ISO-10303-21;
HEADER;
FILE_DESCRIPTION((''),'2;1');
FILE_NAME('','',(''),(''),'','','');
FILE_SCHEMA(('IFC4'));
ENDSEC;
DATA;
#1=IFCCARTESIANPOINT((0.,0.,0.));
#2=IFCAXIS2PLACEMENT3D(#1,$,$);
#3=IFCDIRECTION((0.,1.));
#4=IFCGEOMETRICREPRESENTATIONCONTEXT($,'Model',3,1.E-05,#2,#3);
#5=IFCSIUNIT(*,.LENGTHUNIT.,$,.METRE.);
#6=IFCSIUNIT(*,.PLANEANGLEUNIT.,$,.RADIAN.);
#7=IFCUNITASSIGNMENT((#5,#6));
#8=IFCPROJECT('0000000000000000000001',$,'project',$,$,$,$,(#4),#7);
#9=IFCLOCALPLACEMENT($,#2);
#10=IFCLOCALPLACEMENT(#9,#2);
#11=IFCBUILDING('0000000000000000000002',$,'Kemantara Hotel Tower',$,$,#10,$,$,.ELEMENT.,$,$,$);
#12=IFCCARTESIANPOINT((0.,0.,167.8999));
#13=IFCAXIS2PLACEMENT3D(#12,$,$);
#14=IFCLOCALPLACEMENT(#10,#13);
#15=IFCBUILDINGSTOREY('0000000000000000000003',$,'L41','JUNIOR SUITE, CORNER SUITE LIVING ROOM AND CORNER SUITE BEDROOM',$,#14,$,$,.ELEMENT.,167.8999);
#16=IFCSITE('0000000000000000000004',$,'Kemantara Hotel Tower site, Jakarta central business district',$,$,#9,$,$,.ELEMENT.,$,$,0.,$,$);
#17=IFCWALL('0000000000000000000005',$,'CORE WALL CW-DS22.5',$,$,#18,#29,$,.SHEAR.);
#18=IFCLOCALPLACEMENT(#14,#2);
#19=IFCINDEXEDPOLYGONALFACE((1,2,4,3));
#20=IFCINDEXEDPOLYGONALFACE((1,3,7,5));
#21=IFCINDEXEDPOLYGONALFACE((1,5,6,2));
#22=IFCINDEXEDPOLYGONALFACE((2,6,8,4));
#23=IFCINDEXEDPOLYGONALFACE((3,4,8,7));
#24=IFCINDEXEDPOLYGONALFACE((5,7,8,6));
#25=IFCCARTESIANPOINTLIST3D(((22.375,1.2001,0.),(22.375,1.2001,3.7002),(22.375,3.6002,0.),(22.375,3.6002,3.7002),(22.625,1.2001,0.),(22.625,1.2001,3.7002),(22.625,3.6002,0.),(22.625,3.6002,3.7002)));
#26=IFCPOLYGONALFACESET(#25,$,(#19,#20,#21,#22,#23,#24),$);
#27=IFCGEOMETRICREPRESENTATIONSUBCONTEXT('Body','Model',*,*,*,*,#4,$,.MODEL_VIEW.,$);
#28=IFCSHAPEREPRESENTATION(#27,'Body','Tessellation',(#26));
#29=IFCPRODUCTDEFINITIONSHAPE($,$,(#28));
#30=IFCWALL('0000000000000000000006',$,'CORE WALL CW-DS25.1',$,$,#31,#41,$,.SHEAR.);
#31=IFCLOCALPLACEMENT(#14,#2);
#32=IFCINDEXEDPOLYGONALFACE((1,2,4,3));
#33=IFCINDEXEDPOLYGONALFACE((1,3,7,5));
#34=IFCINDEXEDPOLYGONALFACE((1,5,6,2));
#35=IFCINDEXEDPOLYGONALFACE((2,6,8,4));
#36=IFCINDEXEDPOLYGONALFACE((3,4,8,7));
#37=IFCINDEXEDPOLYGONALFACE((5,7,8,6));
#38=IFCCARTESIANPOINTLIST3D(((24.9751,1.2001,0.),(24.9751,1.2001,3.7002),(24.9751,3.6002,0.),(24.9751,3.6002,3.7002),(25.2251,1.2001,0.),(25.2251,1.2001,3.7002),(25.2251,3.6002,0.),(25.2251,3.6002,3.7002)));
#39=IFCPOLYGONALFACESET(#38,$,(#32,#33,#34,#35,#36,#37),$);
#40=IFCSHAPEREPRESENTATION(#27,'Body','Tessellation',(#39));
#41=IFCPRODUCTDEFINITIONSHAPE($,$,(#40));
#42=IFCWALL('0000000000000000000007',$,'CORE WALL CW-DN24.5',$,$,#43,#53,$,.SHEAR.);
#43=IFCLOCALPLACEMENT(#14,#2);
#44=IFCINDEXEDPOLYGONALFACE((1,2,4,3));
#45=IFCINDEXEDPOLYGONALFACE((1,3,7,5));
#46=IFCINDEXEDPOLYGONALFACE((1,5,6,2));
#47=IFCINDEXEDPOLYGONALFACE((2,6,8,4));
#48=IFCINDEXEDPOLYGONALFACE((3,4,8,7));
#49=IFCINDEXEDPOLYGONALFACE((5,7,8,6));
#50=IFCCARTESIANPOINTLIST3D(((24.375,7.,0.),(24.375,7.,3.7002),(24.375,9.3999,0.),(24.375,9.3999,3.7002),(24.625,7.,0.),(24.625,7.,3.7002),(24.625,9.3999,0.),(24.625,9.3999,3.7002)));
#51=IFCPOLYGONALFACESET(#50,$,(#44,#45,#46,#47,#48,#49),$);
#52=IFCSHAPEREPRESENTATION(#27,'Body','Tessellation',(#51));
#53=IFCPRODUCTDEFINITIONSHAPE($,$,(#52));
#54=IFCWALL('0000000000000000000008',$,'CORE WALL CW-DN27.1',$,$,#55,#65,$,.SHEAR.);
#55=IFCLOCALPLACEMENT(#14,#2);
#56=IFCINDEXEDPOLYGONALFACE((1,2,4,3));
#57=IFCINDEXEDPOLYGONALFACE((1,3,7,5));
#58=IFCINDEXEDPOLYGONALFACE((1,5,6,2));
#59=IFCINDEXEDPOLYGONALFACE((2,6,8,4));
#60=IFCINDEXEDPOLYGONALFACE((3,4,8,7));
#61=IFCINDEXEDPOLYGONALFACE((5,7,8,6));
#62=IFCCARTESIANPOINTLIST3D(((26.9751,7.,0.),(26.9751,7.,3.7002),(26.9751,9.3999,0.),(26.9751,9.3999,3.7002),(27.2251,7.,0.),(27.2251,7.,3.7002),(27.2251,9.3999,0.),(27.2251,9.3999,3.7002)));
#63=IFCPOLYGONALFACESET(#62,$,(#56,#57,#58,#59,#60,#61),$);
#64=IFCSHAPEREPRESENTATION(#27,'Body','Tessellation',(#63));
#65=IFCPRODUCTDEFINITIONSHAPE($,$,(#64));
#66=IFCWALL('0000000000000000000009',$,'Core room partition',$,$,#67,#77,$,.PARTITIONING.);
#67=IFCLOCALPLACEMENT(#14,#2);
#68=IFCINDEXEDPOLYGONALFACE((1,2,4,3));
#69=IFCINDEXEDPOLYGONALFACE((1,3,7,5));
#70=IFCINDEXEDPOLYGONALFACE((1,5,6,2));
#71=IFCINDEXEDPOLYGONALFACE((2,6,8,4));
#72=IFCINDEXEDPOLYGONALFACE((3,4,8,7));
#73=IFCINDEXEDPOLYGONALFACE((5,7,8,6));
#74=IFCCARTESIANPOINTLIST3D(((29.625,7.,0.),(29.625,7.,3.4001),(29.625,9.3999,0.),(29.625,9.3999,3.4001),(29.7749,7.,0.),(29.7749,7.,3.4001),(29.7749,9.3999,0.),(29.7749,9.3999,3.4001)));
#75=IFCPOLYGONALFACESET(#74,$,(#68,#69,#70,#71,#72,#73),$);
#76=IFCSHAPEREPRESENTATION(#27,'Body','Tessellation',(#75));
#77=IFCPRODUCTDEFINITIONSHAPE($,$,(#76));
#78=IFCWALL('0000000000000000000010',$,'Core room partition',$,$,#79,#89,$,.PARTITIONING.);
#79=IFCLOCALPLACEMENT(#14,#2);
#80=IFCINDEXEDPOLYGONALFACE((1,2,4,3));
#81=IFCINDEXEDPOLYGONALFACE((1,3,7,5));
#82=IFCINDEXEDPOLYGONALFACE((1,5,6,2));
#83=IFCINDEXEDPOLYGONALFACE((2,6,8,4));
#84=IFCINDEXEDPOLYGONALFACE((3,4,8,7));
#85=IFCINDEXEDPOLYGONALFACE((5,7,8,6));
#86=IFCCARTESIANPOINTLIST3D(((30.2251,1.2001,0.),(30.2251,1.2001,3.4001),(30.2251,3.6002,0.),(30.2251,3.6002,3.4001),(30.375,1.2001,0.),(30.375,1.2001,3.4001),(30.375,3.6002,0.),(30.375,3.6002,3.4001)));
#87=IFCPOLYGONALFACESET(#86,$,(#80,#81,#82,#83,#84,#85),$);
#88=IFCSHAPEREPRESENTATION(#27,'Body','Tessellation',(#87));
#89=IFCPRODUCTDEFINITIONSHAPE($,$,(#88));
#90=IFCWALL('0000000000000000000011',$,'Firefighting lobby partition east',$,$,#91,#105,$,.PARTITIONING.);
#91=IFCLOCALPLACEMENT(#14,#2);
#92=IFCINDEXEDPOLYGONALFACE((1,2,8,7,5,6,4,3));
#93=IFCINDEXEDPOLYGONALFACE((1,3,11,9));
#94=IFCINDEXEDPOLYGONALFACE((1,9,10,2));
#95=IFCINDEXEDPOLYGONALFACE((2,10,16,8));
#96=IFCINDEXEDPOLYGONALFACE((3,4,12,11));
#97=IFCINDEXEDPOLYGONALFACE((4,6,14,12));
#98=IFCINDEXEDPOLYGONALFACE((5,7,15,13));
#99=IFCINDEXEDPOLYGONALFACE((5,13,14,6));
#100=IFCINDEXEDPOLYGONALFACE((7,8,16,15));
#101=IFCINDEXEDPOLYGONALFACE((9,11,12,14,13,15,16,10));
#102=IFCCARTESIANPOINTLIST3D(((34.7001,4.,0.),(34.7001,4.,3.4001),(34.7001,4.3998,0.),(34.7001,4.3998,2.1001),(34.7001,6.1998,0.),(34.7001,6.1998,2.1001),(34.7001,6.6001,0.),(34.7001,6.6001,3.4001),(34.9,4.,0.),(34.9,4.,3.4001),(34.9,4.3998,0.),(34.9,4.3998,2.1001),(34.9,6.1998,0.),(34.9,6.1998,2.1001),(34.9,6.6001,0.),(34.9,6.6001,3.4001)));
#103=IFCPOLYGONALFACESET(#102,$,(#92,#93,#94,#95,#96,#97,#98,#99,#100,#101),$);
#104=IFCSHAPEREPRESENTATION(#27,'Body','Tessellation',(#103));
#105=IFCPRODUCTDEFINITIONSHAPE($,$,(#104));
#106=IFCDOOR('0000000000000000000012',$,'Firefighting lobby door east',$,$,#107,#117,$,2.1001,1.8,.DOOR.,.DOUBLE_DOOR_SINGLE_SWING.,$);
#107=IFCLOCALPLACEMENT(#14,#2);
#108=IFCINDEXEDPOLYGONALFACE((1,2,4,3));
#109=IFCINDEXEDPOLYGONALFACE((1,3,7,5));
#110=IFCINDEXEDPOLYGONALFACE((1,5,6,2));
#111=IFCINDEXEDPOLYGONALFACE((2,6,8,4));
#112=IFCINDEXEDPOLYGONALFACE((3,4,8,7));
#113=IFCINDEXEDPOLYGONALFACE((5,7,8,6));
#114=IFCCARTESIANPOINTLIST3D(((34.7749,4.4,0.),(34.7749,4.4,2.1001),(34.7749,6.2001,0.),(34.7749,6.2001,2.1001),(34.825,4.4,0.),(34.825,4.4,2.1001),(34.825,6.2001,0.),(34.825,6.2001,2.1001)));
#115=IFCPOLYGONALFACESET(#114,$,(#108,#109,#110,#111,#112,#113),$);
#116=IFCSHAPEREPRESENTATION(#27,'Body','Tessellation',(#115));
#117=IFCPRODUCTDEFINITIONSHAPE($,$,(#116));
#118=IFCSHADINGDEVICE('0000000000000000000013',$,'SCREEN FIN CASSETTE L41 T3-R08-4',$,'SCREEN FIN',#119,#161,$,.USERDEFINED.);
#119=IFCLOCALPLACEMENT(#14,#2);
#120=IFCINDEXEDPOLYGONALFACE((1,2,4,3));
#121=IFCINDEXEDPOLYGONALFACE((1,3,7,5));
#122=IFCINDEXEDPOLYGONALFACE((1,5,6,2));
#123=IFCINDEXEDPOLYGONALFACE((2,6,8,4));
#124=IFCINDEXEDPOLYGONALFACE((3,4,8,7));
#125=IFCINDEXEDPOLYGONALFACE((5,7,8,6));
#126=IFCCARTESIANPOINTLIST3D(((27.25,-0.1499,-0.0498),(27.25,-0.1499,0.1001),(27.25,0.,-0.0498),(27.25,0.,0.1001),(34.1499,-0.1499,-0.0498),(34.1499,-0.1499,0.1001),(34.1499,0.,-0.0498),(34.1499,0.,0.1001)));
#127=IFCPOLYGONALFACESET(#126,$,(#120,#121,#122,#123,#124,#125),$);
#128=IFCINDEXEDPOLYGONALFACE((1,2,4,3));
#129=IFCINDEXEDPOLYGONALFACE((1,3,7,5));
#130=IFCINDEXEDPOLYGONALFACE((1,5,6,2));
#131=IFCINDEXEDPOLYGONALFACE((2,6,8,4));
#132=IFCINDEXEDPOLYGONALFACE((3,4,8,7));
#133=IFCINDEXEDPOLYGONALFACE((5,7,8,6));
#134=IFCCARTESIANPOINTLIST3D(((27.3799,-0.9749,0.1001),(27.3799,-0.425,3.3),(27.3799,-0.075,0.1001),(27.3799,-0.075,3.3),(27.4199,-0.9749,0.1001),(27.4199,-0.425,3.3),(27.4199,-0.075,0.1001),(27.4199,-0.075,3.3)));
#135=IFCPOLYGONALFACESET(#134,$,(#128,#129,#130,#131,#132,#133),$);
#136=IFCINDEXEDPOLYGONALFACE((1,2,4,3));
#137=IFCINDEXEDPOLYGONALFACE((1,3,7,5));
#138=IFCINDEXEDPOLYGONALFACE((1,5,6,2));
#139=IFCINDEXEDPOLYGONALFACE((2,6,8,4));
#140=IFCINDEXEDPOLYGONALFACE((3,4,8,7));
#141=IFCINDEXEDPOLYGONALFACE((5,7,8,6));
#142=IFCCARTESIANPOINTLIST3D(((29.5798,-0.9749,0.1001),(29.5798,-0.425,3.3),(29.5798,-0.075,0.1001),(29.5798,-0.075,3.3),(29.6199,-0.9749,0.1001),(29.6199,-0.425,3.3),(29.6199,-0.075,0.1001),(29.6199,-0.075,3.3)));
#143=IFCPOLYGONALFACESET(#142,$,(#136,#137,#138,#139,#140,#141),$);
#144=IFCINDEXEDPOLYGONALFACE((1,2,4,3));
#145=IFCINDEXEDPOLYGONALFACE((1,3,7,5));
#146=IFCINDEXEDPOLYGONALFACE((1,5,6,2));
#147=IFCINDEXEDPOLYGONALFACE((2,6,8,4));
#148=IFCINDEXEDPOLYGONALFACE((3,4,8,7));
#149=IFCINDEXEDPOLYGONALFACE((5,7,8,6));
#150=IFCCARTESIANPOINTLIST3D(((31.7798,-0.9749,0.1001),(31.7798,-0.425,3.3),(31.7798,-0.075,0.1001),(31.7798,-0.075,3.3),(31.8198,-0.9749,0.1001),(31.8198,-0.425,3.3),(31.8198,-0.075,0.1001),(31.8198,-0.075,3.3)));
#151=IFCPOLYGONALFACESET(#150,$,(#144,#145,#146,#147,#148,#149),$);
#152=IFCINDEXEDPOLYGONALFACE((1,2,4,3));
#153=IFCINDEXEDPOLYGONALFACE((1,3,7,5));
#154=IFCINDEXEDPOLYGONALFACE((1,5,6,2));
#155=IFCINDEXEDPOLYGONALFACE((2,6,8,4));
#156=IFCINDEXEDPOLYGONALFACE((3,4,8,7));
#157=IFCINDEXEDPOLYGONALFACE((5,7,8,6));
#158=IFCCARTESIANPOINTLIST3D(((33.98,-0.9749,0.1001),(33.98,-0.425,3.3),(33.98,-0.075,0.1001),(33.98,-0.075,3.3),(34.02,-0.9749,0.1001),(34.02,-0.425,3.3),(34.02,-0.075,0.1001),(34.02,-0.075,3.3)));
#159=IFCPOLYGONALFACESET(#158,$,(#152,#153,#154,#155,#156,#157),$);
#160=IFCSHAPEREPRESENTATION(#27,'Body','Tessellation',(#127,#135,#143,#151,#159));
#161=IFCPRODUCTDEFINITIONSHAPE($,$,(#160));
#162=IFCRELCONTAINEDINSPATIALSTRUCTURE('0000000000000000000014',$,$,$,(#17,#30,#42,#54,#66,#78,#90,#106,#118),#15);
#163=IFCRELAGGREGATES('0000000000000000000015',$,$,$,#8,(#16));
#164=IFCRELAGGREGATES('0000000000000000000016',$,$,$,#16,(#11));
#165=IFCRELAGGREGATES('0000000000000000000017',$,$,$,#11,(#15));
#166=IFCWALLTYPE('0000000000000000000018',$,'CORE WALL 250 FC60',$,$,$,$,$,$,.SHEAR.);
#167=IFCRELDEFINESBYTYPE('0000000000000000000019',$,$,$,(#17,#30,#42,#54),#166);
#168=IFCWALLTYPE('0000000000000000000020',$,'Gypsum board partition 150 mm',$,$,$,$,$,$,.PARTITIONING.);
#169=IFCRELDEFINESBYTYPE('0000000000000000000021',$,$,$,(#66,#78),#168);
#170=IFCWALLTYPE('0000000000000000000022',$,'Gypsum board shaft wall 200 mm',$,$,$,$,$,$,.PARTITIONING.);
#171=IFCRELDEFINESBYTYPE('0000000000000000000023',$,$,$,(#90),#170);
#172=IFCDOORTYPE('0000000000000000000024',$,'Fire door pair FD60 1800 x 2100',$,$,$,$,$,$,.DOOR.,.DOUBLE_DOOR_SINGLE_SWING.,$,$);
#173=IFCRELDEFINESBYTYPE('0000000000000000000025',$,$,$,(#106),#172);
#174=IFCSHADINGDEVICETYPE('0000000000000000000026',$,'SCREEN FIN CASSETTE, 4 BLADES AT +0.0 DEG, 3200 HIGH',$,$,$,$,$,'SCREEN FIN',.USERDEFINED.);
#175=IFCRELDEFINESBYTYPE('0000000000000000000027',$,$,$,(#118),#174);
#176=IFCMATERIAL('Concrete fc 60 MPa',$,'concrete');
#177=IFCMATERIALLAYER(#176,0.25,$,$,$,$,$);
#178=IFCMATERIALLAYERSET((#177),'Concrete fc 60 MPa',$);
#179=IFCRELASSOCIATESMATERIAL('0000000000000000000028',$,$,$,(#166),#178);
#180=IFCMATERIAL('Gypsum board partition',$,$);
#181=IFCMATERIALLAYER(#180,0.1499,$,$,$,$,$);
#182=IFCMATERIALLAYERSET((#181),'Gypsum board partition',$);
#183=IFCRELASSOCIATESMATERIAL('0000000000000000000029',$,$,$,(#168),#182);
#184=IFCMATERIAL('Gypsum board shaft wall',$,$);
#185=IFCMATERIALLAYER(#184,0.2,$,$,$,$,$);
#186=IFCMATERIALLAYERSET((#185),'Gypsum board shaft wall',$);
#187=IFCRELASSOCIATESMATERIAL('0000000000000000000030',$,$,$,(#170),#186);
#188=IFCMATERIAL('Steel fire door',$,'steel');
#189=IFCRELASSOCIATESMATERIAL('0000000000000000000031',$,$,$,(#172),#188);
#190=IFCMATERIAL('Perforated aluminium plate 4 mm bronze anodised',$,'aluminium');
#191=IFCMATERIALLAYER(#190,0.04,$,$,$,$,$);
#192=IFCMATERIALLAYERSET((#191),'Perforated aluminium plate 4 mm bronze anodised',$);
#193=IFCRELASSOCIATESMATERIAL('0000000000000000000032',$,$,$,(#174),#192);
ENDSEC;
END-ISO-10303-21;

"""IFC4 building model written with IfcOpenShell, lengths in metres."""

from ifc_helpers import new_model, si_unit, direction, frame, frame_2d, origin, origin_2d, place, context, subcontext, project, spatial, polyline, rectangle, outline, extrude, source, transform, mapped, material, layer, layer_set, type_object, element, fill, save


model = new_model("IFC4")

# Units and contexts
model_context = context("Model", 3, precision=1e-05, world=origin(), true_north=direction((0.0, 1.0)))
body_context = subcontext(model_context, "Body", "Model", "MODEL_VIEW")
ifc_project = project(units=[si_unit("LENGTHUNIT", "METRE"), si_unit("PLANEANGLEUNIT", "RADIAN")], contexts=[model_context])

# Site, building, storey
site_placement = place(None, origin())
site = spatial("IfcSite", under=ifc_project, at=site_placement, Name="Kemantara Hotel Tower site, Jakarta central business district", CompositionType="ELEMENT", RefElevation=0.0)
building_placement = place(site_placement, origin())
building = spatial("IfcBuilding", under=site, at=building_placement, Name="Kemantara Hotel Tower", CompositionType="ELEMENT")
storey_placement = place(building_placement, frame((0.0, 0.0, 167.8999)))
storey = spatial("IfcBuildingStorey", under=building, at=storey_placement, Name="L41", Description="JUNIOR SUITE, CORNER SUITE LIVING ROOM AND CORNER SUITE BEDROOM", CompositionType="ELEMENT", Elevation=167.8999)

# Walls
ifc_material_1 = material(Name="Concrete fc 60 MPa", Category="concrete")
ifc_layer_1 = layer(ifc_material_1, 0.25)
ifc_layer_set_1 = layer_set([ifc_layer_1], Name="Concrete fc 60 MPa")
wall_type_1 = type_object("IfcWallType", Name="CORE WALL 250 FC60", PredefinedType="SHEAR", material=ifc_layer_set_1)
for number, where, z_axis, x_axis, name in (
    (1, (22.5, 1.2, 0.0), (0.0, 0.0, 1.0), (0.0, 1.0, 0.0), "CORE WALL CW-DS22.5"),
    (2, (25.1001, 1.2, 0.0), (0.0, 0.0, 1.0), (0.0, 1.0, 0.0), "CORE WALL CW-DS25.1"),
):
    element("IfcWall", number, at=place(storey_placement, frame(where, z_axis=z_axis, x_axis=x_axis)), inside=storey, type_object=wall_type_1, Name=name, PredefinedType="SHEAR", context=body_context, shape_type="SweptSolid", body=[
        extrude(rectangle(XDim=2.4001, YDim=0.25, at=frame_2d((1.2002, 0.0))), origin(), (0.0, 0.0, 1.0), 3.7002),
    ])
for number, where, z_axis, x_axis, name in (
    (3, (24.5, 7.0, 0.0), (0.0, 0.0, 1.0), (0.0, 1.0, 0.0), "CORE WALL CW-DN24.5"),
    (4, (27.1001, 7.0, 0.0), (0.0, 0.0, 1.0), (0.0, 1.0, 0.0), "CORE WALL CW-DN27.1"),
):
    element("IfcWall", number, at=place(storey_placement, frame(where, z_axis=z_axis, x_axis=x_axis)), inside=storey, type_object=wall_type_1, Name=name, PredefinedType="SHEAR", context=body_context, shape_type="SweptSolid", body=[
        extrude(rectangle(XDim=2.3999, YDim=0.25, at=frame_2d((1.2, 0.0))), origin(), (0.0, 0.0, 1.0), 3.7002),
    ])
ifc_material_2 = material(Name="Gypsum board partition")
ifc_layer_2 = layer(ifc_material_2, 0.1499)
ifc_layer_set_2 = layer_set([ifc_layer_2], Name="Gypsum board partition")
wall_type_2 = type_object("IfcWallType", Name="Gypsum board partition 150 mm", PredefinedType="PARTITIONING", material=ifc_layer_set_2)
wall_1_placement = place(storey_placement, frame((29.7, 7.0, 0.0), z_axis=(0.0, 0.0, 1.0), x_axis=(0.0, 1.0, 0.0)))
element("IfcWall", 5, at=wall_1_placement, inside=storey, type_object=wall_type_2, Name="Core room partition", PredefinedType="PARTITIONING", context=body_context, shape_type="SweptSolid", body=[
    extrude(rectangle(XDim=2.3999, YDim=0.1499, at=frame_2d((1.2, 0.0))), origin(), (0.0, 0.0, 1.0), 3.4001),
])
wall_2_placement = place(storey_placement, frame((30.3, 1.2, 0.0), z_axis=(0.0, 0.0, 1.0), x_axis=(0.0, 1.0, 0.0)))
element("IfcWall", 6, at=wall_2_placement, inside=storey, type_object=wall_type_2, Name="Core room partition", PredefinedType="PARTITIONING", context=body_context, shape_type="SweptSolid", body=[
    extrude(rectangle(XDim=2.4001, YDim=0.1499, at=frame_2d((1.2002, 0.0))), origin(), (0.0, 0.0, 1.0), 3.4001),
])

# Wall, opening, door
ifc_material_3 = material(Name="Gypsum board shaft wall")
ifc_layer_3 = layer(ifc_material_3, 0.2)
ifc_layer_set_3 = layer_set([ifc_layer_3], Name="Gypsum board shaft wall")
wall_type_3 = type_object("IfcWallType", Name="Gypsum board shaft wall 200 mm", PredefinedType="PARTITIONING", material=ifc_layer_set_3)
wall_3_placement = place(storey_placement, frame((34.8, 4.0, 0.0), z_axis=(0.0, 0.0, 1.0), x_axis=(0.0, 1.0, 0.0)))
wall_3 = element("IfcWall", 7, at=wall_3_placement, inside=storey, type_object=wall_type_3, Name="Firefighting lobby partition east", PredefinedType="PARTITIONING", context=body_context, shape_type="SweptSolid", body=[
    extrude(rectangle(XDim=2.6001, YDim=0.2, at=frame_2d((1.3, 0.0))), origin(), (0.0, 0.0, 1.0), 3.4001),
])
opening_placement = place(wall_3_placement, frame((0.3999, 0.0, 0.0)))
opening = element("IfcOpeningElement", 8, at=opening_placement, cuts=wall_3, PredefinedType="OPENING", context=body_context, shape_type="SweptSolid", body=[
    extrude(rectangle(XDim=1.8, YDim=2.1001, at=frame_2d((0.8999, 1.05))), frame((0.0, 0.1099, 0.0), z_axis=(0.0, -1.0, 0.0), x_axis=(1.0, 0.0, 0.0)), (0.0, 0.0, 1.0), 0.22),
])
ifc_material_4 = material(Name="Steel fire door", Category="steel")
door_type = type_object("IfcDoorType", Name="Fire door pair FD60 1800 x 2100", OperationType="DOUBLE_DOOR_SINGLE_SWING", PredefinedType="DOOR", material=ifc_material_4)
door_placement = place(opening_placement, frame((1.8, 0.0, 0.0), z_axis=(0.0, 0.0, 1.0), x_axis=(-1.0, 0.0, 0.0)))
door = element("IfcDoor", 9, at=door_placement, inside=storey, type_object=door_type, Name="Firefighting lobby door east", OperationType="DOUBLE_DOOR_SINGLE_SWING", OverallHeight=2.1001, OverallWidth=1.8, PredefinedType="DOOR", context=body_context, shape_type="SweptSolid", body=[
    extrude(rectangle(XDim=1.8, YDim=2.1001, at=frame_2d((0.8999, 1.05))), frame((0.0, 0.0249, 0.0), z_axis=(0.0, -1.0, 0.0), x_axis=(1.0, 0.0, 0.0)), (0.0, 0.0, 1.0), 0.05),
])
fill(opening, door)

# Shading device
ifc_material_5 = material(Name="Perforated aluminium plate 4 mm bronze anodised", Category="aluminium")
ifc_layer_4 = layer(ifc_material_5, 0.04)
ifc_layer_set_4 = layer_set([ifc_layer_4], Name="Perforated aluminium plate 4 mm bronze anodised")
shading_device_type_1 = type_object("IfcShadingDeviceType", Name="SCREEN FIN CASSETTE, 4 BLADES AT +0.0 DEG, 3200 HIGH", ElementType="SCREEN FIN", PredefinedType="USERDEFINED", material=ifc_layer_set_4)
shared_shape_1 = source(origin(), body_context, "Body", "SweptSolid", [
    extrude(rectangle(XDim=6.8999, YDim=0.1499, at=origin_2d()), frame((3.3, -0.075, -0.1499), z_axis=(0.0, 0.0, 1.0), x_axis=(1.0, 0.0, 0.0)), (0.0, 0.0, 1.0), 0.1499),
    extrude(outline(polyline([(0.0, 0.0), (0.8999, 0.0), (0.3501, 3.2), (0.0, 3.2), (0.0, 0.0)])), frame((0.02, -0.075, 0.0), z_axis=(-1.0, 0.0, 0.0), x_axis=(0.0, -1.0, 0.0)), (0.0, 0.0, 1.0), 0.04),
    extrude(outline(polyline([(0.0, 0.0), (0.8999, 0.0), (0.3501, 3.2), (0.0, 3.2), (0.0, 0.0)])), frame((2.22, -0.075, 0.0), z_axis=(-1.0, 0.0, 0.0), x_axis=(0.0, -1.0, 0.0)), (0.0, 0.0, 1.0), 0.04),
    extrude(outline(polyline([(0.0, 0.0), (0.8999, 0.0), (0.3501, 3.2), (0.0, 3.2), (0.0, 0.0)])), frame((4.4199, -0.075, 0.0), z_axis=(-1.0, 0.0, 0.0), x_axis=(0.0, -1.0, 0.0)), (0.0, 0.0, 1.0), 0.04),
    extrude(outline(polyline([(0.0, 0.0), (0.8999, 0.0), (0.3501, 3.2), (0.0, 3.2), (0.0, 0.0)])), frame((6.6201, -0.075, 0.0), z_axis=(-1.0, 0.0, 0.0), x_axis=(0.0, -1.0, 0.0)), (0.0, 0.0, 1.0), 0.04),
])
shading_device_1_placement = place(storey_placement, frame((27.3999, 0.0, 0.1001), z_axis=(0.0, 0.0, 1.0), x_axis=(1.0, 0.0, 0.0)))
element("IfcShadingDevice", 10, at=shading_device_1_placement, inside=storey, type_object=shading_device_type_1, Name="SCREEN FIN CASSETTE L41 T3-R08-4", ObjectType="SCREEN FIN", PredefinedType="USERDEFINED", context=body_context, shape_type="MappedRepresentation", body=[
    mapped(shared_shape_1, transform((0.0, 0.0, 0.0))),
])

save(model, "model.ifc")
